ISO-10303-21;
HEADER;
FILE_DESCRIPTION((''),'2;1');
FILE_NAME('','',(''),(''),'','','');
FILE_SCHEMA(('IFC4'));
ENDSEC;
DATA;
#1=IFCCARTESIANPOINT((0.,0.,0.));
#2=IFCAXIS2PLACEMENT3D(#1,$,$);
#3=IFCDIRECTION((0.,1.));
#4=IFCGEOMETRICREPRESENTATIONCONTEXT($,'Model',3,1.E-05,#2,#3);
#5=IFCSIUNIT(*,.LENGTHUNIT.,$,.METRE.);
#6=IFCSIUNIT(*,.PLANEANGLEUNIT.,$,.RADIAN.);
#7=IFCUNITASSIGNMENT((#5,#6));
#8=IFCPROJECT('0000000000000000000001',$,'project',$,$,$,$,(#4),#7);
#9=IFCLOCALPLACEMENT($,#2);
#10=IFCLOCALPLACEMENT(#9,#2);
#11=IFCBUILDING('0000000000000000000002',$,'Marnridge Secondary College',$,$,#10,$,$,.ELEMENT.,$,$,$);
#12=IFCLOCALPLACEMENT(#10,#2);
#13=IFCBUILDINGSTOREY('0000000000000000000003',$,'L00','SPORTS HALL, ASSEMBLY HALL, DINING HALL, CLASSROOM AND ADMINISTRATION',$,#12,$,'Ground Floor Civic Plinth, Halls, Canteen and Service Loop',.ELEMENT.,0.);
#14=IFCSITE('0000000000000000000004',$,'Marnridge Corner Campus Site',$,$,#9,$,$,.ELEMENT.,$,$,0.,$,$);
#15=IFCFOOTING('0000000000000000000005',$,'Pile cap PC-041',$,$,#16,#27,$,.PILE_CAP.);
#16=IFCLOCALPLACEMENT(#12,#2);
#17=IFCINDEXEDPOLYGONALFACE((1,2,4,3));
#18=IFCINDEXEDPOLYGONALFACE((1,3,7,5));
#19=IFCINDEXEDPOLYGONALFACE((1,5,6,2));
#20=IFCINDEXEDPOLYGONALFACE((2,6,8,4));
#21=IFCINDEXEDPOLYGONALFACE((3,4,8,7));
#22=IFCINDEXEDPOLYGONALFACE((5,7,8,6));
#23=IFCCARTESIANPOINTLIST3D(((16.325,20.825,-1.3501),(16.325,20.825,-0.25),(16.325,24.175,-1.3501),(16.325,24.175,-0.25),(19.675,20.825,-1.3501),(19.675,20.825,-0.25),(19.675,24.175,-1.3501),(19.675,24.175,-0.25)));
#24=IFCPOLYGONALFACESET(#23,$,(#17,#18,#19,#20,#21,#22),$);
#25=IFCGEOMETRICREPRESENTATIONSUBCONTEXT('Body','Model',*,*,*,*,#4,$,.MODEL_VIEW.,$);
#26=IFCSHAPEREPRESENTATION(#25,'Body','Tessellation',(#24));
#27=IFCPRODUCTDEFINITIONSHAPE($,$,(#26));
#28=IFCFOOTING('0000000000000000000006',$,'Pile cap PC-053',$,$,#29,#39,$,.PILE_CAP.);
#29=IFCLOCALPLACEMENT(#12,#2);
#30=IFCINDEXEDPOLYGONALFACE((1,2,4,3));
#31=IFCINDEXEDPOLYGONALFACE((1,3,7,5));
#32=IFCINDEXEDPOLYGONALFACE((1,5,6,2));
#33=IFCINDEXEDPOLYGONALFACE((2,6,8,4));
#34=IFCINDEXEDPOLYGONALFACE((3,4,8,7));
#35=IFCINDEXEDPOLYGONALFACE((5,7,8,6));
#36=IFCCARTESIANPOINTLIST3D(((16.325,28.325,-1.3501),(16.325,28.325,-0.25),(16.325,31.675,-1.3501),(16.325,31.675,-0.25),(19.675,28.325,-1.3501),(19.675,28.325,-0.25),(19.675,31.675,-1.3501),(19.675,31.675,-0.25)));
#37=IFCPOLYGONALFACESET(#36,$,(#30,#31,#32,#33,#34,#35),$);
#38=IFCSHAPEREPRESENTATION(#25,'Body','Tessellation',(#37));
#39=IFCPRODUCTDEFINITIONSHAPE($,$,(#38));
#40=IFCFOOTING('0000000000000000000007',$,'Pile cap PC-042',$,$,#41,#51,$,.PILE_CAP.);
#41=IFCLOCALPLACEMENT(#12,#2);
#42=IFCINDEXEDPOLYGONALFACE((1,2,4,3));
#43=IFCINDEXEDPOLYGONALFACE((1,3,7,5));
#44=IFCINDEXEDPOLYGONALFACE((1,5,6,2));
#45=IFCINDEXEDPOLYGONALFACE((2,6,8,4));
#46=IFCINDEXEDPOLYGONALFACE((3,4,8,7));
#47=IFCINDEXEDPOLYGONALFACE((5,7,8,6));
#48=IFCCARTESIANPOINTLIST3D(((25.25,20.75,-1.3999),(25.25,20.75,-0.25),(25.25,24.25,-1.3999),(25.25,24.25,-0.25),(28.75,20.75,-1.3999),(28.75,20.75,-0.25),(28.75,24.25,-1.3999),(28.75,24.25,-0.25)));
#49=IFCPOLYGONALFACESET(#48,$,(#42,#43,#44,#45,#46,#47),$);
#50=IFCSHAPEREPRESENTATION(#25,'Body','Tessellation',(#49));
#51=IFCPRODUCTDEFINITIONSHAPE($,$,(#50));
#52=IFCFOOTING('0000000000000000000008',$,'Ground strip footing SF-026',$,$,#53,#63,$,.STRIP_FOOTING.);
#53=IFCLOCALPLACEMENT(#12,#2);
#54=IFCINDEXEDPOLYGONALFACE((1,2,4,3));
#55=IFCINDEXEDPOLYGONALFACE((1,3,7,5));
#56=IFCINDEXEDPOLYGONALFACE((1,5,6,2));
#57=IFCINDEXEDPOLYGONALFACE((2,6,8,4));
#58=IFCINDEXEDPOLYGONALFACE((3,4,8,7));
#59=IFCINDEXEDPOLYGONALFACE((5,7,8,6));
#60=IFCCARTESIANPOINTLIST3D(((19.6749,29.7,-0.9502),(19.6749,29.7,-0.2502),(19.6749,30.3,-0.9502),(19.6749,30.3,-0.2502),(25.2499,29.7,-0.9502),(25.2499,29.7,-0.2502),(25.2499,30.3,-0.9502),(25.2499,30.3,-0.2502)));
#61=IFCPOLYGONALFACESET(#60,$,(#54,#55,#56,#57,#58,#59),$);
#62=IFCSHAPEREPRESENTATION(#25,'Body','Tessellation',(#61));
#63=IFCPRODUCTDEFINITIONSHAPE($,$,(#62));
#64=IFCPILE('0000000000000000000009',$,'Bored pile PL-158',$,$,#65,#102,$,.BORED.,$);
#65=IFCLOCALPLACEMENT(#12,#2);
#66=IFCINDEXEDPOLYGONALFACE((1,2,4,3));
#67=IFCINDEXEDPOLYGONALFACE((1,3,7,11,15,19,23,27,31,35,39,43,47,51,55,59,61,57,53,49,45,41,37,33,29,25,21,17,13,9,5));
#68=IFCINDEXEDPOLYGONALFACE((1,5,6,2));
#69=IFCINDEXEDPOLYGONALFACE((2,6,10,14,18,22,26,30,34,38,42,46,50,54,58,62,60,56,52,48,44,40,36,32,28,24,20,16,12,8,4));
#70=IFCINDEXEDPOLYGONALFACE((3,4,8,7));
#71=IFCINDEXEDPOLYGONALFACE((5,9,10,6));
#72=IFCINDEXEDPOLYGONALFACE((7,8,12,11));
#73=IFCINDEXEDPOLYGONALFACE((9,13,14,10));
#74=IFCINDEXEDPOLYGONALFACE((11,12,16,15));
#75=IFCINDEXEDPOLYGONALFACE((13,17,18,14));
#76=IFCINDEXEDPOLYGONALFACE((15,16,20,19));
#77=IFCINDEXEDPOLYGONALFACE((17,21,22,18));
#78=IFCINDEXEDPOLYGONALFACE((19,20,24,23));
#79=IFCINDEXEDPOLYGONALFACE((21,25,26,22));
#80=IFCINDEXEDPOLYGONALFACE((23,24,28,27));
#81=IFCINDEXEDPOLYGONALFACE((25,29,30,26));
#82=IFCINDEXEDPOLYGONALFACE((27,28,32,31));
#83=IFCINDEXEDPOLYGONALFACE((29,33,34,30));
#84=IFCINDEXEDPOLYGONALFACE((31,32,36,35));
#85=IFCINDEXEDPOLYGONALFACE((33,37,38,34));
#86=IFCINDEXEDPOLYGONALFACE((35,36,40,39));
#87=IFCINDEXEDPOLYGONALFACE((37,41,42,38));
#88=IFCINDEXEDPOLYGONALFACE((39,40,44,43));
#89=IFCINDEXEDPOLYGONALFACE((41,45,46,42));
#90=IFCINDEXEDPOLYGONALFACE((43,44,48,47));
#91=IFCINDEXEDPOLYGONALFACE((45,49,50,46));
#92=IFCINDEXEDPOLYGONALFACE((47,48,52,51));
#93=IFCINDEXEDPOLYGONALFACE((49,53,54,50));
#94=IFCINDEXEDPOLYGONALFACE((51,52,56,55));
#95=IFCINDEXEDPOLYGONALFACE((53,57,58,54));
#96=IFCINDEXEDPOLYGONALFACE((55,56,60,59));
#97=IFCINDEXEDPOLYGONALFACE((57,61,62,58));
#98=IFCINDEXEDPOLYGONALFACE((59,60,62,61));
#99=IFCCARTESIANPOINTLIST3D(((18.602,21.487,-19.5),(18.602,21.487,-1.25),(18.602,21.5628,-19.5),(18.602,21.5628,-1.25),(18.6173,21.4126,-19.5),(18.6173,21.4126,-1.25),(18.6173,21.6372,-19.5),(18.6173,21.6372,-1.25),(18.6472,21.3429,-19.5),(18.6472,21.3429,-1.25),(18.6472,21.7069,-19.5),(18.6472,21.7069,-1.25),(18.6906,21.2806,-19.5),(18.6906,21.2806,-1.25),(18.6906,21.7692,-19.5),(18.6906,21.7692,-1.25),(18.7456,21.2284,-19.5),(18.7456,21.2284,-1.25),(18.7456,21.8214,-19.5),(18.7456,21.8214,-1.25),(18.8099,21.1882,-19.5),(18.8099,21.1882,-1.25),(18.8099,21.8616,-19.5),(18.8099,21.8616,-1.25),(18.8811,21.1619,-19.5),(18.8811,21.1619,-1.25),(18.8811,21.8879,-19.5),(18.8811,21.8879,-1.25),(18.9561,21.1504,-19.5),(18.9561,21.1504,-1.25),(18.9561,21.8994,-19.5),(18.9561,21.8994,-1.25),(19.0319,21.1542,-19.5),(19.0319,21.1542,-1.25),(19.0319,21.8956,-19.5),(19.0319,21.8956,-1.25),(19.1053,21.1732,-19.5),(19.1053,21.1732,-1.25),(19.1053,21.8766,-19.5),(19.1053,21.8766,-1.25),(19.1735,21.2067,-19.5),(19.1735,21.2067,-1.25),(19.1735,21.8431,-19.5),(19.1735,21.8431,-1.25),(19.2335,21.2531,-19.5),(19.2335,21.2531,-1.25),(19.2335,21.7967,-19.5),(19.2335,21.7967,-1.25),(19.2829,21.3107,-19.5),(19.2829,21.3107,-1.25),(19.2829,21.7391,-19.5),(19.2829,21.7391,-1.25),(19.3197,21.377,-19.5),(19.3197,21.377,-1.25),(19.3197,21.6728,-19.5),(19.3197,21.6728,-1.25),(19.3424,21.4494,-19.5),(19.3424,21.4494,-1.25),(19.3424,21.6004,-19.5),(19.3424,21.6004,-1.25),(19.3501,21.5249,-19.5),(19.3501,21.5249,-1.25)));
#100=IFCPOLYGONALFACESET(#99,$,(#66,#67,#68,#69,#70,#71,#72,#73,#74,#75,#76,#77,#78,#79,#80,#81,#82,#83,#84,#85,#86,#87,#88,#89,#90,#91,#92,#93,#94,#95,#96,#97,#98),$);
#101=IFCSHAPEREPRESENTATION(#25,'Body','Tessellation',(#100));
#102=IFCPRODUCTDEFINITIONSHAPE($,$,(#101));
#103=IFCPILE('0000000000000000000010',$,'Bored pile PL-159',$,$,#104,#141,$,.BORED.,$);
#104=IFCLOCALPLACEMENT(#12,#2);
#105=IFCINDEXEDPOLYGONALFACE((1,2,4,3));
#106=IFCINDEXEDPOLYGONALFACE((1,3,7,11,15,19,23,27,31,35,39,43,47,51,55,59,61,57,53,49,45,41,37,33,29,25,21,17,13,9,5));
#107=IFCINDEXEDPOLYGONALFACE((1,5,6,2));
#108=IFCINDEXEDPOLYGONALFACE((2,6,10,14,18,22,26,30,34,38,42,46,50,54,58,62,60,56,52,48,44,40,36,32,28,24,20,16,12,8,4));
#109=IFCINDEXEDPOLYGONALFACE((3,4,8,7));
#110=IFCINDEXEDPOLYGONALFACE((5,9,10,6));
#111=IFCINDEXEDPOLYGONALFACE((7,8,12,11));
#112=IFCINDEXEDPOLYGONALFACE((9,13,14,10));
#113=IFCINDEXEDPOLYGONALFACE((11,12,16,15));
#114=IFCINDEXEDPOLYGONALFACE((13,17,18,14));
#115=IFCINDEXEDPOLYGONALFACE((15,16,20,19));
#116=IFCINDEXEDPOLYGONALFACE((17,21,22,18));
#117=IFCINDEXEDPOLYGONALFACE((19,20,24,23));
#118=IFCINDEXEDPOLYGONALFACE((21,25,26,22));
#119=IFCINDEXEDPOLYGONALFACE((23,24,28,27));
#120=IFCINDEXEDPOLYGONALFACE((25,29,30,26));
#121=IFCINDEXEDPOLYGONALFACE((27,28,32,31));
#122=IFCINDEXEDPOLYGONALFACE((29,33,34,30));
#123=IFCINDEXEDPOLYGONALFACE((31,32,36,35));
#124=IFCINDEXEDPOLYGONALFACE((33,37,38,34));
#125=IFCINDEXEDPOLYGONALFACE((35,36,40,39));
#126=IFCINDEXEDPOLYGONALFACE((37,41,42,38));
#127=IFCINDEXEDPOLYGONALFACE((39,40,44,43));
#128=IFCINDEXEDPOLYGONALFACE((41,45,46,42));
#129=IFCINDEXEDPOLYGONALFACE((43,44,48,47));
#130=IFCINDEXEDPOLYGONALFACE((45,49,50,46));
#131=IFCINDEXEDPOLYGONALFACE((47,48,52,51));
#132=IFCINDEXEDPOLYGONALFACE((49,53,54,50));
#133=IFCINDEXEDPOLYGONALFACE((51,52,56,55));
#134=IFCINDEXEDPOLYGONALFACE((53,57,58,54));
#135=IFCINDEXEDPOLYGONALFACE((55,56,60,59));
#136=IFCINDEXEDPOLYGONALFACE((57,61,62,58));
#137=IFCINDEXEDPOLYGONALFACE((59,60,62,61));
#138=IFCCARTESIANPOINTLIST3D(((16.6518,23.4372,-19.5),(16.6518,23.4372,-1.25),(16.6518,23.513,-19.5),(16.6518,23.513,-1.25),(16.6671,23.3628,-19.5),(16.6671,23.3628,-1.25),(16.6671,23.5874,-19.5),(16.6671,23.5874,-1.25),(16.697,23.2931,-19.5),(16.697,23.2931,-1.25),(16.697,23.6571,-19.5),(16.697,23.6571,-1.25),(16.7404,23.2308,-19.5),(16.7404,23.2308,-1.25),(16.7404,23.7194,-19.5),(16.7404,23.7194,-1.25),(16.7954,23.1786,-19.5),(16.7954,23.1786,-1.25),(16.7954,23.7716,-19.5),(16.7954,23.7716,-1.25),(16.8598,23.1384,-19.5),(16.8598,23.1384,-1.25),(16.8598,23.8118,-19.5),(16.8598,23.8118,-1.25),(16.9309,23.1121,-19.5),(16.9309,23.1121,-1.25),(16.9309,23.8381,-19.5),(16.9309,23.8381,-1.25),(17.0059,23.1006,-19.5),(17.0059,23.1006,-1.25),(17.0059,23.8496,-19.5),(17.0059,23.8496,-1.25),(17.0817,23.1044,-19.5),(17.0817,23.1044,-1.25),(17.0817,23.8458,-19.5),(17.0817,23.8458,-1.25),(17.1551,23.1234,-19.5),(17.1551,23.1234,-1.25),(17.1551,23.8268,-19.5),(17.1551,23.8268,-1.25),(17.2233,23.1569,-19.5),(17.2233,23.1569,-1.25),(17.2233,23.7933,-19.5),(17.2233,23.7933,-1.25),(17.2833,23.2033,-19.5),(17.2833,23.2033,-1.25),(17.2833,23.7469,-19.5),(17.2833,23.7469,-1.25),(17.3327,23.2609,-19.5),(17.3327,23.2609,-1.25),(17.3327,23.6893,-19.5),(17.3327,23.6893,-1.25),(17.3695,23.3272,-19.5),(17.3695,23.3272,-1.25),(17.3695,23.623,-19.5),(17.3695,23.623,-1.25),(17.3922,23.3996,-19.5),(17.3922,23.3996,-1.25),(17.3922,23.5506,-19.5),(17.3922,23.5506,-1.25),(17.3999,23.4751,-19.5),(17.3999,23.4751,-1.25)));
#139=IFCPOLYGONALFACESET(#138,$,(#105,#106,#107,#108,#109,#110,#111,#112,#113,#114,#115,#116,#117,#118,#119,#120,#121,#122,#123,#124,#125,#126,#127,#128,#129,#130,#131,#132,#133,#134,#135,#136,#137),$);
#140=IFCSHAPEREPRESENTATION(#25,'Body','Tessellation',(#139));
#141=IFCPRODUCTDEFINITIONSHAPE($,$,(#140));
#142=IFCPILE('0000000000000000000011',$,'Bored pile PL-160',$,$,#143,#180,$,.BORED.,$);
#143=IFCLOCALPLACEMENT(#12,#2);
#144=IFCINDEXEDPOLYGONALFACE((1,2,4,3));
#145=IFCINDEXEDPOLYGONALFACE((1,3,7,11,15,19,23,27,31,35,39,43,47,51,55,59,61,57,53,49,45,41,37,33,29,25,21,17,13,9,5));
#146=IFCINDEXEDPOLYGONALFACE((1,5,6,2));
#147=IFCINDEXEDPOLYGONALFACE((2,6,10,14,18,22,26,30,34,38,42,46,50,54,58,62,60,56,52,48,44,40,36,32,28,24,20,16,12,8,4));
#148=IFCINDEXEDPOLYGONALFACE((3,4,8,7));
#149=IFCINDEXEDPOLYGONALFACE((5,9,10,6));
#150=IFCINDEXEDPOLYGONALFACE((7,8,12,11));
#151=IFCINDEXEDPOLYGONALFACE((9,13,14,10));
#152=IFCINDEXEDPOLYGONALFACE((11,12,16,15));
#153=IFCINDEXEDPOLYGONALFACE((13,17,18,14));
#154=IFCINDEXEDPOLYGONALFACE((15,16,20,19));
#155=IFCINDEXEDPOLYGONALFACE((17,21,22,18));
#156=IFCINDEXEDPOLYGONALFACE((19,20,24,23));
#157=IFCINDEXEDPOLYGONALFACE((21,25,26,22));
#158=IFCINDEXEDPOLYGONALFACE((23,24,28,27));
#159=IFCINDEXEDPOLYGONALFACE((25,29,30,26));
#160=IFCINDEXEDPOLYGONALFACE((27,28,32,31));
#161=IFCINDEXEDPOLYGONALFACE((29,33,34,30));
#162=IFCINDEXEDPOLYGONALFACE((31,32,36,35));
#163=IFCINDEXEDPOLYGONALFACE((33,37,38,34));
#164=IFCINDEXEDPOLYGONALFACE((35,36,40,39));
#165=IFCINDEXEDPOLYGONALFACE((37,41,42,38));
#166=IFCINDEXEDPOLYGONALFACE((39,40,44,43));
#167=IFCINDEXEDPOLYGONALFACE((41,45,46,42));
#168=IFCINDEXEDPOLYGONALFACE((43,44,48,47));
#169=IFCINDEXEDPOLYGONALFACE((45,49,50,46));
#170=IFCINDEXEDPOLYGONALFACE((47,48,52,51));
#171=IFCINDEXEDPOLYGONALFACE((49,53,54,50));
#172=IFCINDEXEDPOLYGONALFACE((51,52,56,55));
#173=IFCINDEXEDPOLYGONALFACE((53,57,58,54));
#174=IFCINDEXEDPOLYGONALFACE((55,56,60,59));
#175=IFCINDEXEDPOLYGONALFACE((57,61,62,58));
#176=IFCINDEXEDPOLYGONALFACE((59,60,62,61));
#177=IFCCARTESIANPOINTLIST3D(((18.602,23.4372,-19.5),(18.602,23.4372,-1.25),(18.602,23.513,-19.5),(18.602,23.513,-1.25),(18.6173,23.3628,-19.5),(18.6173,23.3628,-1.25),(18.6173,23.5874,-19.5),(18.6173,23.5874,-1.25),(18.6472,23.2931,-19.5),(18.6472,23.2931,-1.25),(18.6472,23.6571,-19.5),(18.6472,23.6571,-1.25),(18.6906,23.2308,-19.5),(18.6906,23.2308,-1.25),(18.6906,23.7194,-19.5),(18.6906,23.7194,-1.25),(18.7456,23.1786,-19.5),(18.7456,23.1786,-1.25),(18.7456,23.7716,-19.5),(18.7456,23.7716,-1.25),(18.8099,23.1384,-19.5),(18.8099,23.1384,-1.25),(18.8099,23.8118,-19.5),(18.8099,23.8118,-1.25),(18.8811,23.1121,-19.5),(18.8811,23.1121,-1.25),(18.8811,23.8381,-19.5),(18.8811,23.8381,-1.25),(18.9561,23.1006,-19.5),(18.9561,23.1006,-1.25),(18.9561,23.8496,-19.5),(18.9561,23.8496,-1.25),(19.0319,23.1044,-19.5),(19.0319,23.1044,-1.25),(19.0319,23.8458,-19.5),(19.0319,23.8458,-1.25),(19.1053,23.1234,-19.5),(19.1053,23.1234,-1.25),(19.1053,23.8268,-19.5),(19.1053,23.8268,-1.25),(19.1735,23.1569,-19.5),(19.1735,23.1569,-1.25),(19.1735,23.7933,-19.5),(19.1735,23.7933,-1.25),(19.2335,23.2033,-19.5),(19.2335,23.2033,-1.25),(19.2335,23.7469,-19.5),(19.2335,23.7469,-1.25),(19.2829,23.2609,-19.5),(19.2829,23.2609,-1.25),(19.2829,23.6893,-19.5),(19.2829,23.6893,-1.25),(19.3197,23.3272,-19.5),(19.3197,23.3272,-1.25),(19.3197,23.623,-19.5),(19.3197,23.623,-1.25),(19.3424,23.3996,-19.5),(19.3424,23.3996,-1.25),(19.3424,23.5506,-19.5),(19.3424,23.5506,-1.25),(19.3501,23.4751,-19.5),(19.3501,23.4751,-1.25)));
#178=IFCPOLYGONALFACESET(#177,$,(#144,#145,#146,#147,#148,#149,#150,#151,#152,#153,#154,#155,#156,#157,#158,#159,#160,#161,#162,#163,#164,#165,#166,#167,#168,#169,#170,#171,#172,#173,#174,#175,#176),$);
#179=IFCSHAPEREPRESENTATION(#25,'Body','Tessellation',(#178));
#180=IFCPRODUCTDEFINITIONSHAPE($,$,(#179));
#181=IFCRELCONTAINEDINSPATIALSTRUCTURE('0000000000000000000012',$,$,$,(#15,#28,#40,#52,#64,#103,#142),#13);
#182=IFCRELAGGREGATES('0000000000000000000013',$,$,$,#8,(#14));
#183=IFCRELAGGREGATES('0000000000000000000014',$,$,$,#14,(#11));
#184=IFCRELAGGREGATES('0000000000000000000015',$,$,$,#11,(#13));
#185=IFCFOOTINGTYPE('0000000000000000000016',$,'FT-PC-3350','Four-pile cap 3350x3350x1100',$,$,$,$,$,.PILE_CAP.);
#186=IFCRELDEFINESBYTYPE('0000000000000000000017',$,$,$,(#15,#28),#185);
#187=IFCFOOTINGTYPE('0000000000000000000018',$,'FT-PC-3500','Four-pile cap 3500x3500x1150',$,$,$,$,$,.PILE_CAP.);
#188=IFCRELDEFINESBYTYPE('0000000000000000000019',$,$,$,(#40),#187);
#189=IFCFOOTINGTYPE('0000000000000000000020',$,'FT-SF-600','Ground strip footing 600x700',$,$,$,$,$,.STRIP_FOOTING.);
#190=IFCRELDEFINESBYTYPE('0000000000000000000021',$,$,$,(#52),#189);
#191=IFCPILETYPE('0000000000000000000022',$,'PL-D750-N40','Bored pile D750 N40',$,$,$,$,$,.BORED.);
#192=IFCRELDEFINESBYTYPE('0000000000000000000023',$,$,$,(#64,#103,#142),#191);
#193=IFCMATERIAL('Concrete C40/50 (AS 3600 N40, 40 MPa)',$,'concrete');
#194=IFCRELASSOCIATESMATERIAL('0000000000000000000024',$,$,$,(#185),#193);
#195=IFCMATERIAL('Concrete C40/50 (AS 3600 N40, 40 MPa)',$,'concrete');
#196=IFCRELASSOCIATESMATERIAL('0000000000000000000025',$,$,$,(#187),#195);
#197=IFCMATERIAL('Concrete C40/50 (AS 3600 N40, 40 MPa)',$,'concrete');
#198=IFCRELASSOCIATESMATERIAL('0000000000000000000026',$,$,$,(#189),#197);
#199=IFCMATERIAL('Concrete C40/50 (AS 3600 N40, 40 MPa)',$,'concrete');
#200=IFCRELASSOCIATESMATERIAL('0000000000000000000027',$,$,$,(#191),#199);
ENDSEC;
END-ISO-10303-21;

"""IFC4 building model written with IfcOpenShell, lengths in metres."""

from ifc_helpers import new_model, si_unit, direction, frame, origin, origin_2d, place, context, subcontext, project, spatial, rectangle, circle, extrude, material, material_profile, profile_set, type_object, element, save


model = new_model("IFC4")

# Units and contexts
model_context = context("Model", 3, precision=1e-05, world=origin(), true_north=direction((0.0, 1.0)))
body_context = subcontext(model_context, "Body", "Model", "MODEL_VIEW")
ifc_project = project(units=[si_unit("LENGTHUNIT", "METRE"), si_unit("PLANEANGLEUNIT", "RADIAN")], contexts=[model_context])

# Site, building, storey
site_placement = place(None, origin())
site = spatial("IfcSite", under=ifc_project, at=site_placement, Name="Marnridge Corner Campus Site", CompositionType="ELEMENT", RefElevation=0.0)
building_placement = place(site_placement, origin())
building = spatial("IfcBuilding", under=site, at=building_placement, Name="Marnridge Secondary College", CompositionType="ELEMENT")
storey_placement = place(building_placement, origin())
storey = spatial("IfcBuildingStorey", under=building, at=storey_placement, Name="L00", Description="SPORTS HALL, ASSEMBLY HALL, DINING HALL, CLASSROOM AND ADMINISTRATION", LongName="Ground Floor Civic Plinth, Halls, Canteen and Service Loop", CompositionType="ELEMENT", Elevation=0.0)

# Footings
ifc_material_1 = material(Name="Concrete C40/50 (AS 3600 N40, 40 MPa)", Category="concrete")
footing_type_1 = type_object("IfcFootingType", Name="FT-PC-3350", Description="Four-pile cap 3350x3350x1100", PredefinedType="PILE_CAP", material=ifc_material_1)
for number, where, z_axis, x_axis, name in (
    (1, (18.0, 22.5, -1.3501), (0.0, 0.0, 1.0), (1.0, 0.0, 0.0), "Pile cap PC-041"),
    (2, (18.0, 30.0, -1.3501), (0.0, 0.0, 1.0), (1.0, 0.0, 0.0), "Pile cap PC-053"),
):
    element("IfcFooting", number, at=place(storey_placement, frame(where, z_axis=z_axis, x_axis=x_axis)), inside=storey, type_object=footing_type_1, Name=name, PredefinedType="PILE_CAP", context=body_context, shape_type="SweptSolid", body=[
        extrude(rectangle(XDim=3.3501, YDim=3.3501, at=origin_2d()), origin(), (0.0, 0.0, 1.0), 1.1001),
    ])
ifc_material_2 = material(Name="Concrete C40/50 (AS 3600 N40, 40 MPa)", Category="concrete")
footing_type_2 = type_object("IfcFootingType", Name="FT-PC-3500", Description="Four-pile cap 3500x3500x1150", PredefinedType="PILE_CAP", material=ifc_material_2)
footing_1_placement = place(storey_placement, frame((27.0, 22.5, -1.3999), z_axis=(0.0, 0.0, 1.0), x_axis=(1.0, 0.0, 0.0)))
element("IfcFooting", 3, at=footing_1_placement, inside=storey, type_object=footing_type_2, Name="Pile cap PC-042", PredefinedType="PILE_CAP", context=body_context, shape_type="SweptSolid", body=[
    extrude(rectangle(XDim=3.5, YDim=3.5, at=origin_2d()), origin(), (0.0, 0.0, 1.0), 1.1499),
])
ifc_material_3 = material(Name="Concrete C40/50 (AS 3600 N40, 40 MPa)", Category="concrete")
footing_type_3 = type_object("IfcFootingType", Name="FT-SF-600", Description="Ground strip footing 600x700", PredefinedType="STRIP_FOOTING", material=ifc_material_3)
footing_2_placement = place(storey_placement, frame((22.4624, 30.0, -0.9502), z_axis=(0.0, 0.0, 1.0), x_axis=(1.0, 0.0, 0.0)))
element("IfcFooting", 4, at=footing_2_placement, inside=storey, type_object=footing_type_3, Name="Ground strip footing SF-026", PredefinedType="STRIP_FOOTING", context=body_context, shape_type="SweptSolid", body=[
    extrude(rectangle(XDim=5.575, YDim=0.6001, at=origin_2d()), origin(), (0.0, 0.0, 1.0), 0.7),
])

# Piles
ifc_material_4 = material(Name="Concrete C40/50 (AS 3600 N40, 40 MPa)", Category="concrete")
ifc_material_profile_1 = material_profile(ifc_material_4, circle(Radius=0.375, at=origin_2d()), Name="PILE D750")
ifc_profile_set_1 = profile_set([ifc_material_profile_1], Name="Concrete C40/50 (AS 3600 N40, 40 MPa)")
pile_type = type_object("IfcPileType", Name="PL-D750-N40", Description="Bored pile D750 N40", PredefinedType="BORED", material=ifc_profile_set_1)
for number, where, z_axis, x_axis, name in (
    (5, (18.9751, 21.5249, -1.25), (0.0, 0.0, -1.0), (1.0, 0.0, 0.0), "Bored pile PL-158"),
    (6, (17.0249, 23.4751, -1.25), (0.0, 0.0, -1.0), (1.0, 0.0, 0.0), "Bored pile PL-159"),
    (7, (18.9751, 23.4751, -1.25), (0.0, 0.0, -1.0), (1.0, 0.0, 0.0), "Bored pile PL-160"),
):
    element("IfcPile", number, at=place(storey_placement, frame(where, z_axis=z_axis, x_axis=x_axis)), inside=storey, type_object=pile_type, Name=name, PredefinedType="BORED", context=body_context, shape_type="SweptSolid", body=[
        extrude(circle(Radius=0.375, at=origin_2d()), origin(), (0.0, 0.0, 1.0), 18.25),
    ])

save(model, "model.ifc")
